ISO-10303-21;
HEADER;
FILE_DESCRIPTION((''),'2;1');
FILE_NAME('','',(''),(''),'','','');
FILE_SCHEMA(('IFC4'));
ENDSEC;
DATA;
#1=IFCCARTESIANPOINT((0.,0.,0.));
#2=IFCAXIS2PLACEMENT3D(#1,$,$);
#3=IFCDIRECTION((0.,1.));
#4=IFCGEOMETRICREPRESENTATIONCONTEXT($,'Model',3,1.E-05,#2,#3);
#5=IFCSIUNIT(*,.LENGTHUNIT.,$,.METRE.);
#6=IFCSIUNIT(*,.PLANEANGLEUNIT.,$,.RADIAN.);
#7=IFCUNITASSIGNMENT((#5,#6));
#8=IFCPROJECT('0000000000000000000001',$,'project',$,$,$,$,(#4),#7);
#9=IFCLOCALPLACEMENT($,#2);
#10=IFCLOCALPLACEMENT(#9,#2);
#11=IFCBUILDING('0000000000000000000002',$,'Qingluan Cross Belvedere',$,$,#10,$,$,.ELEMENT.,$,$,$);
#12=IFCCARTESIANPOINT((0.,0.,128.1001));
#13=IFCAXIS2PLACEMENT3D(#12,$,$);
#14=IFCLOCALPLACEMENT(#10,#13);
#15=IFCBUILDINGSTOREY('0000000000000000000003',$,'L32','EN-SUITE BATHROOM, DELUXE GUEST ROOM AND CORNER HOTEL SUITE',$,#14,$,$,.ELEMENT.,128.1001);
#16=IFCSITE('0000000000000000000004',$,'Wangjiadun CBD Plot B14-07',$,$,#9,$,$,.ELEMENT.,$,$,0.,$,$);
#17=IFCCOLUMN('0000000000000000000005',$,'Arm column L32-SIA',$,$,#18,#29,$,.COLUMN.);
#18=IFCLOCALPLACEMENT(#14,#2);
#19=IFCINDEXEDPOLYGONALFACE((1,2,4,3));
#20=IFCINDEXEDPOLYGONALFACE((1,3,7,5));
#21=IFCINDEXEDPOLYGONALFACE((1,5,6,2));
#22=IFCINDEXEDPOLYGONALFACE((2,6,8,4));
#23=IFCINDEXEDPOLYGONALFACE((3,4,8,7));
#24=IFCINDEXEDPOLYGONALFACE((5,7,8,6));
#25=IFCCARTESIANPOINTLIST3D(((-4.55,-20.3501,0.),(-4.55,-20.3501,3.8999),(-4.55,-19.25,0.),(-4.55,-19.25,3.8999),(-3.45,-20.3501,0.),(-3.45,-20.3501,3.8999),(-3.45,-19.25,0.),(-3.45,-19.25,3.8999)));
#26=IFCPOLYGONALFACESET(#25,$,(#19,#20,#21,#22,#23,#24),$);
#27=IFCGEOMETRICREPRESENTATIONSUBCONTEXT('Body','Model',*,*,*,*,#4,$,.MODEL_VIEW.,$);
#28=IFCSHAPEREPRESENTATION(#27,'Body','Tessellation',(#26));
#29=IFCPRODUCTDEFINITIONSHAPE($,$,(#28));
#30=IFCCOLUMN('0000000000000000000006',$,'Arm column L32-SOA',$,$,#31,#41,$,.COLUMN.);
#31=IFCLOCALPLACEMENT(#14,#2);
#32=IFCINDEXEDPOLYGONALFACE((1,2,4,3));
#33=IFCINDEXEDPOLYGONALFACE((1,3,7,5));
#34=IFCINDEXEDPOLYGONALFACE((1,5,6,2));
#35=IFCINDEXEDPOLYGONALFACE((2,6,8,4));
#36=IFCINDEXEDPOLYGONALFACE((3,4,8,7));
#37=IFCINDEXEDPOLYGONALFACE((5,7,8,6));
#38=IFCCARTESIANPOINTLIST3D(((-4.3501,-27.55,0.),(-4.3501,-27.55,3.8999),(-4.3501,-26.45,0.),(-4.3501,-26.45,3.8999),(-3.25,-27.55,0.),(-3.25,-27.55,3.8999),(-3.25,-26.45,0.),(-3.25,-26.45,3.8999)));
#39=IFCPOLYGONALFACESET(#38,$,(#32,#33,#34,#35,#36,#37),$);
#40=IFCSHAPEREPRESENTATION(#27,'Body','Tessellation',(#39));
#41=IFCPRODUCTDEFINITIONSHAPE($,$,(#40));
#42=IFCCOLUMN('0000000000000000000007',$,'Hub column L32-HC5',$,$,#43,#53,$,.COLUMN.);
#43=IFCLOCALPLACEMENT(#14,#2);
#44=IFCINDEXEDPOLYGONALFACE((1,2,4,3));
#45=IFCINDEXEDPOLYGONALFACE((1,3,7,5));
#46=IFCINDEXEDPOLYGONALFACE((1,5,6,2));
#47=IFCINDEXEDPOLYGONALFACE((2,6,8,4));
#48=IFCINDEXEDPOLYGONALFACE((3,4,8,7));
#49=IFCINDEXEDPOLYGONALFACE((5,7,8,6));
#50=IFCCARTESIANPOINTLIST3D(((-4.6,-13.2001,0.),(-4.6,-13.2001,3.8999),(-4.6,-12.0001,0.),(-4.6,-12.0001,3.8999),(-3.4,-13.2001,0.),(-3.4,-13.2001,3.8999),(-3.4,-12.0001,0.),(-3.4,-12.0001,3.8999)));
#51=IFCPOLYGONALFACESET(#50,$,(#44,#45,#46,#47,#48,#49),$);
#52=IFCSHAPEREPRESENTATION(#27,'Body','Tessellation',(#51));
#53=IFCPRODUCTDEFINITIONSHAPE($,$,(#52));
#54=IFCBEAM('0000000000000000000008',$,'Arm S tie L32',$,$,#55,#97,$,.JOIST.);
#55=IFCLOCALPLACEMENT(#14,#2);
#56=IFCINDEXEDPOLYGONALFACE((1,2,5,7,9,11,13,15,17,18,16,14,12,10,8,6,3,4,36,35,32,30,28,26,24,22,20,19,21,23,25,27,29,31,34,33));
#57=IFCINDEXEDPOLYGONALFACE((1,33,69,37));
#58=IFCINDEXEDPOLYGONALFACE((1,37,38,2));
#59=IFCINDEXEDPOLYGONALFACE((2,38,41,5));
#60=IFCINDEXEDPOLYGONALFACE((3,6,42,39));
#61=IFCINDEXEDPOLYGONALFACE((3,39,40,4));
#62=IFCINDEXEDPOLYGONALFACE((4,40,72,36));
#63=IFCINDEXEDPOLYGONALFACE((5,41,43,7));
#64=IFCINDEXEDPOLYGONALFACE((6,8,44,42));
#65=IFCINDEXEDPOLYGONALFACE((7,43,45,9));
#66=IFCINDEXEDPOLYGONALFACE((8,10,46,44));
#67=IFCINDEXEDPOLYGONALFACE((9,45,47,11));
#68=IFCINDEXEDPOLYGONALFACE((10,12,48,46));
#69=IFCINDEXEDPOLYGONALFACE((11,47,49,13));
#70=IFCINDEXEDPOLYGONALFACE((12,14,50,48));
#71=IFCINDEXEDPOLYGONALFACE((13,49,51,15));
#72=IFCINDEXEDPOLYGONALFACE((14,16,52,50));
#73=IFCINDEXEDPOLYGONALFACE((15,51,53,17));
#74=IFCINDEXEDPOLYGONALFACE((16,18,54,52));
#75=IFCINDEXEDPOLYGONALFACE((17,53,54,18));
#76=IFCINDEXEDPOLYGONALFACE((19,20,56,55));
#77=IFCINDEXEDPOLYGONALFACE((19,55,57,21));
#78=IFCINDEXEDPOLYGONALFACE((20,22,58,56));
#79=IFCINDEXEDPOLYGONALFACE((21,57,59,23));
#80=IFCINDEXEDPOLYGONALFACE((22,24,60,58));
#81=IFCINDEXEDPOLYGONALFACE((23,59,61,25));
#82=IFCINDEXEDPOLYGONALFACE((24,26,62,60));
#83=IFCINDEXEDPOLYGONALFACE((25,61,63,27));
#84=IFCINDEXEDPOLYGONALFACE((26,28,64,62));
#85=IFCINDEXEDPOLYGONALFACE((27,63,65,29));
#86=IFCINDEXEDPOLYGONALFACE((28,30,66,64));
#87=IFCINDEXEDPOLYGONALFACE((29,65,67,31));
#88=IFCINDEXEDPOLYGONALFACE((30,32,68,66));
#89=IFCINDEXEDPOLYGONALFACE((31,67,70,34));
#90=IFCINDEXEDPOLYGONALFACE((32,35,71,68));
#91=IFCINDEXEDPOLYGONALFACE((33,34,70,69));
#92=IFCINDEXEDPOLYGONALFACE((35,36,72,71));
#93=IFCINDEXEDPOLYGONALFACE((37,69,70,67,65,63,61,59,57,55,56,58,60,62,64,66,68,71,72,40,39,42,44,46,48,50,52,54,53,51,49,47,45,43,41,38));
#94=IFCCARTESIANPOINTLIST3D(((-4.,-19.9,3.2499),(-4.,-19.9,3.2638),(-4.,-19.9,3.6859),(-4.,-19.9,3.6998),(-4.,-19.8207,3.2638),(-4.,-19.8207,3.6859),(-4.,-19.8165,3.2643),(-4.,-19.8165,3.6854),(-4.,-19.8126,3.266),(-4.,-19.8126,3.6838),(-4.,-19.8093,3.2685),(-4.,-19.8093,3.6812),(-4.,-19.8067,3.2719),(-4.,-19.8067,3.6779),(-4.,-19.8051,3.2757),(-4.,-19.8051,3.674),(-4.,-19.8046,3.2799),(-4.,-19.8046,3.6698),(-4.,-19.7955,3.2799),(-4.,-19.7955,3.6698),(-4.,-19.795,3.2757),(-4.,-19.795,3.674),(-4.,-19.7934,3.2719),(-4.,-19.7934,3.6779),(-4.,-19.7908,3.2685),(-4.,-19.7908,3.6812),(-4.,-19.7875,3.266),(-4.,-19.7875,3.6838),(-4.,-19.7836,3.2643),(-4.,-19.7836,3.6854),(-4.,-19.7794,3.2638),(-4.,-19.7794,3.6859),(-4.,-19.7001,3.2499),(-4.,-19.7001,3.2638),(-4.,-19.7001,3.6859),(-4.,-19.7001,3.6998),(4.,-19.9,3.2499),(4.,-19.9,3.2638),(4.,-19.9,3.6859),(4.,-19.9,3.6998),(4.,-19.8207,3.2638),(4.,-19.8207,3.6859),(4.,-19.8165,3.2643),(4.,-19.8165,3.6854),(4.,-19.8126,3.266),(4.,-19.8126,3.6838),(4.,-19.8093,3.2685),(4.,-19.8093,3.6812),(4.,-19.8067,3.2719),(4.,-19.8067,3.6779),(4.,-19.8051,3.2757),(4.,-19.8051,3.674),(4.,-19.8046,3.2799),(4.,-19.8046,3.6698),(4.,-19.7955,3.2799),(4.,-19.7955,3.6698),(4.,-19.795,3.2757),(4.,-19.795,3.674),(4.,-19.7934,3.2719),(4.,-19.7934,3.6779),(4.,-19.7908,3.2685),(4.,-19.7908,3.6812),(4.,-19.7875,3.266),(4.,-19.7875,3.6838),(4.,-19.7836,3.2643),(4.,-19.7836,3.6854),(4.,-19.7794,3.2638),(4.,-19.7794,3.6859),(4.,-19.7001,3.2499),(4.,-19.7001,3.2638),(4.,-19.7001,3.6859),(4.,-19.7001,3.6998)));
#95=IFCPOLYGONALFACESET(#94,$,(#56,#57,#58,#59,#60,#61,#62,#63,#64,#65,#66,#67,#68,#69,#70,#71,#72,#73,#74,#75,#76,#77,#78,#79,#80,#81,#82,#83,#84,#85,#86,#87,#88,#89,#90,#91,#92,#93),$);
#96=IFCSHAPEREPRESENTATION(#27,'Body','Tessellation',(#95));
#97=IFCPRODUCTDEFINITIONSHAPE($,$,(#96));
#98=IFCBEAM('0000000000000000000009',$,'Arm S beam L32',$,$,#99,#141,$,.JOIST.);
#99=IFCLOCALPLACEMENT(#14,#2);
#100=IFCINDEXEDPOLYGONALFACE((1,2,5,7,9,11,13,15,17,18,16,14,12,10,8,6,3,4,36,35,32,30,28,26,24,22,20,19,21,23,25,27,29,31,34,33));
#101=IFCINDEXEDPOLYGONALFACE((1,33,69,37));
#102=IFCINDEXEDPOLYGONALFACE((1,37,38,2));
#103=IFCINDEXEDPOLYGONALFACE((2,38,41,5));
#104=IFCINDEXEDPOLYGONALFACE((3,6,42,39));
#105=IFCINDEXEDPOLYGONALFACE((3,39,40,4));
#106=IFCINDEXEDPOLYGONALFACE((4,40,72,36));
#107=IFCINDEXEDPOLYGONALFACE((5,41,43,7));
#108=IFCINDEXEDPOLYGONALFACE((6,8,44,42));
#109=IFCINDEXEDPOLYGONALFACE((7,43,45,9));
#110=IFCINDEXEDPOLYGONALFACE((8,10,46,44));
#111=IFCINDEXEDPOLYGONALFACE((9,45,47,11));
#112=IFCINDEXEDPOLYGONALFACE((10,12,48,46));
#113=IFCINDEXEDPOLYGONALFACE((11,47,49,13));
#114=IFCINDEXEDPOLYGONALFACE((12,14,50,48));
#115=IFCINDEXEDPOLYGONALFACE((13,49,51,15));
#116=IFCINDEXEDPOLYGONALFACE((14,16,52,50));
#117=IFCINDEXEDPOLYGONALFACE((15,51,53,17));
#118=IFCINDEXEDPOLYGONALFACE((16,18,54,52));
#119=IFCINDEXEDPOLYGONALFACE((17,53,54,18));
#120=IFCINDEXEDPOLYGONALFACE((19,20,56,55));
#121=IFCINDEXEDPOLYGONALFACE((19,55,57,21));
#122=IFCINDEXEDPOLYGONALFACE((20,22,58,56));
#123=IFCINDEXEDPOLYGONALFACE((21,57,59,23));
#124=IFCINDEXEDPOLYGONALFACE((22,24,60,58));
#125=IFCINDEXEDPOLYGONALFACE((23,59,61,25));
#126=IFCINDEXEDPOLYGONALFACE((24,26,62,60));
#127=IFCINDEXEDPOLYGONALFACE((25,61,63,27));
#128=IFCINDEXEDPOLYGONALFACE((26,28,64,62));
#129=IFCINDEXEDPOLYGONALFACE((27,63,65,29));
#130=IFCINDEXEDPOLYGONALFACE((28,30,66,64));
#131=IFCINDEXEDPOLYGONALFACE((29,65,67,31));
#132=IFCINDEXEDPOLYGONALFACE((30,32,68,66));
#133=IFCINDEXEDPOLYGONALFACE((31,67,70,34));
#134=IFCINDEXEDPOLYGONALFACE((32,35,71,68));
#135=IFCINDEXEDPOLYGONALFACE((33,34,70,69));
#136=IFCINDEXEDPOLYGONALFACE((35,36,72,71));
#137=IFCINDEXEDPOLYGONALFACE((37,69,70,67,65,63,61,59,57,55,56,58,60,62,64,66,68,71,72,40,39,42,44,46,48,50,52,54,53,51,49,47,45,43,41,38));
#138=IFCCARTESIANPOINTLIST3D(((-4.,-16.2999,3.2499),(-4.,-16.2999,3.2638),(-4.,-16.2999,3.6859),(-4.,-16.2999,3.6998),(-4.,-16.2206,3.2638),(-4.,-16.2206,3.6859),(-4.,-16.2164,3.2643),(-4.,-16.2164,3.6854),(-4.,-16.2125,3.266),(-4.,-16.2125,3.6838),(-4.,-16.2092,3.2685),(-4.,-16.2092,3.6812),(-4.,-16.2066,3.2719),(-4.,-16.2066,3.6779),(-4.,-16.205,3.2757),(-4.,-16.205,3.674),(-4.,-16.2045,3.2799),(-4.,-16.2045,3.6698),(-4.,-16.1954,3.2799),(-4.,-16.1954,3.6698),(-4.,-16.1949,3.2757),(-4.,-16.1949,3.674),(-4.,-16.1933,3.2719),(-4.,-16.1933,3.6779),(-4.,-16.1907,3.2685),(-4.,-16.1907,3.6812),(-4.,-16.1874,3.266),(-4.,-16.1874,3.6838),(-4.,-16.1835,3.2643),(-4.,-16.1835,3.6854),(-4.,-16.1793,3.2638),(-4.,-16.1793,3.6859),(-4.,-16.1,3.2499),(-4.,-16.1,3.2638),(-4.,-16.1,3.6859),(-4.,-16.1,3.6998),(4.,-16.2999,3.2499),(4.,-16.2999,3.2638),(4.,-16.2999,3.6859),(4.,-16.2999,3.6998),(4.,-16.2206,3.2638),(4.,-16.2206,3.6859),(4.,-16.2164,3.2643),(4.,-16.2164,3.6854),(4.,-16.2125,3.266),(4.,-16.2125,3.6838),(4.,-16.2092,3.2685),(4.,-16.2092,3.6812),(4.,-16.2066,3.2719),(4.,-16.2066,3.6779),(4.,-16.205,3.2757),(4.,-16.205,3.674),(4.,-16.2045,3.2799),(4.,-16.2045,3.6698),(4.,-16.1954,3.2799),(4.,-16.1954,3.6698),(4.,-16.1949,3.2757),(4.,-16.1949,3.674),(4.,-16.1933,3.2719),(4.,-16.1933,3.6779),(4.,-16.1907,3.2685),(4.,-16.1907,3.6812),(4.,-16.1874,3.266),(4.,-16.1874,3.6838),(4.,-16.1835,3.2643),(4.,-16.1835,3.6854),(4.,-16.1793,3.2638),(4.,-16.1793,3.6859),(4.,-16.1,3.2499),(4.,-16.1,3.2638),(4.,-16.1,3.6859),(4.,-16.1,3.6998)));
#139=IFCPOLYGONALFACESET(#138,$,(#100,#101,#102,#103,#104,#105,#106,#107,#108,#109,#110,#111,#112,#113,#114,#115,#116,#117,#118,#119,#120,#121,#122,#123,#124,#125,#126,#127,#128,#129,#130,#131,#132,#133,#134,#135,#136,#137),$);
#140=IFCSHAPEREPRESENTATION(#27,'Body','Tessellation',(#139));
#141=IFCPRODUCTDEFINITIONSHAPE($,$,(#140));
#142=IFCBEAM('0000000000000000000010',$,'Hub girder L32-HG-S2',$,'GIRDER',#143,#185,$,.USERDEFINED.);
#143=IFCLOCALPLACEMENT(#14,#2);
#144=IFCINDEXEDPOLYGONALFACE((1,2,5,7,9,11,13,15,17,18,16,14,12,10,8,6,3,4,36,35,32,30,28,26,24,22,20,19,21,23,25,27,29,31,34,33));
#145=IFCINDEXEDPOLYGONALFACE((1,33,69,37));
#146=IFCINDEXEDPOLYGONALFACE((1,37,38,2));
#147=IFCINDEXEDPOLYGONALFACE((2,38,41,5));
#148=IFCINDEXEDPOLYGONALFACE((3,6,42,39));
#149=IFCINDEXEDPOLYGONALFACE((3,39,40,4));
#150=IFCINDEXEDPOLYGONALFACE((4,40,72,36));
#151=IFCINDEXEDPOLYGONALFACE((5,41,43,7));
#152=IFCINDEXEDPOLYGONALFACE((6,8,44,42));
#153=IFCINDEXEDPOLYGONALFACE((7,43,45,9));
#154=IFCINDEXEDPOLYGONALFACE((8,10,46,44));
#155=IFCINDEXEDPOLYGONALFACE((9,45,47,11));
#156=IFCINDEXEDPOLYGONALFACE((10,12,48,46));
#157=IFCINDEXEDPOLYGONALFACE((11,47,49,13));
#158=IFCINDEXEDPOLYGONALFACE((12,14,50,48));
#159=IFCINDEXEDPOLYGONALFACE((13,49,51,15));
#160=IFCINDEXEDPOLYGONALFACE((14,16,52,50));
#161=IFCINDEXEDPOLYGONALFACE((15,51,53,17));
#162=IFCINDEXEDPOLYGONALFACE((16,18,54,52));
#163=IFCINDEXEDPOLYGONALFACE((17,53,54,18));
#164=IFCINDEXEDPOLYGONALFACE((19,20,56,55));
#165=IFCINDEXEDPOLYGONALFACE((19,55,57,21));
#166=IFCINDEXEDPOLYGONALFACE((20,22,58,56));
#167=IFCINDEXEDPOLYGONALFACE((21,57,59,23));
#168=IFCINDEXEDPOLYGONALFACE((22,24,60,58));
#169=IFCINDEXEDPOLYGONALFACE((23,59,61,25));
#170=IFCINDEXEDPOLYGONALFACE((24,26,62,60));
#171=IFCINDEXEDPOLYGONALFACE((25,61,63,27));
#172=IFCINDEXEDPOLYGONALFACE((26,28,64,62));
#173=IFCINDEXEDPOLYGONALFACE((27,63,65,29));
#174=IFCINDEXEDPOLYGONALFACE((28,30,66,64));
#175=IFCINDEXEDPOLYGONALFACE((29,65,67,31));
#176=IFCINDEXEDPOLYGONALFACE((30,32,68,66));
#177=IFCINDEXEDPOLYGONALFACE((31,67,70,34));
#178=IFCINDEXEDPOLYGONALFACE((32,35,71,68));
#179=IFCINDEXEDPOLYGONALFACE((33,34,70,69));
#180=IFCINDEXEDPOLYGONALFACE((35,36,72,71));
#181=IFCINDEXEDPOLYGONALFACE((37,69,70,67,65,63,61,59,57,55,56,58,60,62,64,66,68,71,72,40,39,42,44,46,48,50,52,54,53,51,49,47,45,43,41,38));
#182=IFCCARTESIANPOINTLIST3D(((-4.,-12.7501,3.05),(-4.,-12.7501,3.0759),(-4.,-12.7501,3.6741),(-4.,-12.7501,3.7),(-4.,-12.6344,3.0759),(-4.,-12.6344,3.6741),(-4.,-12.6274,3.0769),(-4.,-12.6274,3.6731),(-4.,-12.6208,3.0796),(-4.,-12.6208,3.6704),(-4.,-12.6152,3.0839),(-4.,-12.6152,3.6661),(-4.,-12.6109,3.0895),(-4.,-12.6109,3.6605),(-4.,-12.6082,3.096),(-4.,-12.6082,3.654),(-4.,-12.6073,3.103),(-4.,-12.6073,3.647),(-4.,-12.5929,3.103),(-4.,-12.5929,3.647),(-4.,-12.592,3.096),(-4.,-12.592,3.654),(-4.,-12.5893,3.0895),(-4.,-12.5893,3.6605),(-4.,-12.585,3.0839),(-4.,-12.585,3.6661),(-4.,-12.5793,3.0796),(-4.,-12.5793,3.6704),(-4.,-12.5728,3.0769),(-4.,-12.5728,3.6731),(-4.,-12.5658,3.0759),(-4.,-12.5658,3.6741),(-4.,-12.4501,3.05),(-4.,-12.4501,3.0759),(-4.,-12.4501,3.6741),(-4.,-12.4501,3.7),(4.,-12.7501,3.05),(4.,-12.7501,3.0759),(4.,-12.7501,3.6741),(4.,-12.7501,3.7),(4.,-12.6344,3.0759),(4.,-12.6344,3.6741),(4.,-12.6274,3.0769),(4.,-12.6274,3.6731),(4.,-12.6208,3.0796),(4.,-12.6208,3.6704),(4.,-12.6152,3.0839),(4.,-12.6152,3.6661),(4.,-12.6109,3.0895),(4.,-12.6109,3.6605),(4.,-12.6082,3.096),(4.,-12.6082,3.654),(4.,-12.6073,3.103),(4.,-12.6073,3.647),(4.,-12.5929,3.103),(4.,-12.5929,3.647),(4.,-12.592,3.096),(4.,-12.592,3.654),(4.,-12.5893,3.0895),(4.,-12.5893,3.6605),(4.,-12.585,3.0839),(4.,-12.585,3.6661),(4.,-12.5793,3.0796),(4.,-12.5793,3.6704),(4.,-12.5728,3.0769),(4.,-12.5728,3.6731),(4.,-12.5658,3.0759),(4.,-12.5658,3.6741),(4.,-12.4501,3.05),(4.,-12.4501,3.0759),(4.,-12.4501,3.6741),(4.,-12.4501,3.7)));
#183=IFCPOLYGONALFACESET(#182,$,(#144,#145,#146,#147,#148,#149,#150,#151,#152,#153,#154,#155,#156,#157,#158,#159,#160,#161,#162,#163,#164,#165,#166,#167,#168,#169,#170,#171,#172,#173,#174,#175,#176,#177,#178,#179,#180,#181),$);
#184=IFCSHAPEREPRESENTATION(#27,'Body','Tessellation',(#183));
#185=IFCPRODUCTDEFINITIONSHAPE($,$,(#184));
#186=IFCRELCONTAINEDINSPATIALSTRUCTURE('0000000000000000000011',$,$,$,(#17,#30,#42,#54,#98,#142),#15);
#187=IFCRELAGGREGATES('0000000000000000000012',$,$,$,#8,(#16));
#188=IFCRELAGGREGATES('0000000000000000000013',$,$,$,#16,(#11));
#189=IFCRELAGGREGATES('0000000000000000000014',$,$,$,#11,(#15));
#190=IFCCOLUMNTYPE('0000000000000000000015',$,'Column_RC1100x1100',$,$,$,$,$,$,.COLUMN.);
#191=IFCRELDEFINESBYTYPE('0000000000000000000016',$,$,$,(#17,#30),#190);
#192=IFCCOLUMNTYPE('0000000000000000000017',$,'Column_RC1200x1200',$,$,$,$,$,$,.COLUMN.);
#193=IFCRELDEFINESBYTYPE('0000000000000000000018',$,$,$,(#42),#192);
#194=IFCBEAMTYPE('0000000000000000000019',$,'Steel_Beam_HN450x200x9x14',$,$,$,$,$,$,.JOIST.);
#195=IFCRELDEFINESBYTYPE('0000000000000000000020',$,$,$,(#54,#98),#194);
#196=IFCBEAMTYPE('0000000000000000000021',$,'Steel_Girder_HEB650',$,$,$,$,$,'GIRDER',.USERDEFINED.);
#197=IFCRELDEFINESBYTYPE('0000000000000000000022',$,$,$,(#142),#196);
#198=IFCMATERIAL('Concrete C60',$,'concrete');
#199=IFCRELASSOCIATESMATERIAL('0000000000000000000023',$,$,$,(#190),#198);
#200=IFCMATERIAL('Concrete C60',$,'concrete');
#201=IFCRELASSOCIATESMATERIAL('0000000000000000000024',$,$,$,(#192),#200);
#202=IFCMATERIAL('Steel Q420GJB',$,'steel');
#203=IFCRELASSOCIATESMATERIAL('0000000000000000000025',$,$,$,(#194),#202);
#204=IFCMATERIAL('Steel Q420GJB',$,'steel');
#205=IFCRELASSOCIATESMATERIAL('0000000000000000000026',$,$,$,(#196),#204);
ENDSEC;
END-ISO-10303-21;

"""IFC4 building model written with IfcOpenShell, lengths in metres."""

from ifc_helpers import new_model, si_unit, direction, frame, origin, origin_2d, place, context, subcontext, project, spatial, rectangle, i_section, extrude, material, material_profile, profile_set, type_object, element, save


model = new_model("IFC4")

# Units and contexts
model_context = context("Model", 3, precision=1e-05, world=origin(), true_north=direction((0.0, 1.0)))
body_context = subcontext(model_context, "Body", "Model", "MODEL_VIEW")
ifc_project = project(units=[si_unit("LENGTHUNIT", "METRE"), si_unit("PLANEANGLEUNIT", "RADIAN")], contexts=[model_context])

# Site, building, storey
site_placement = place(None, origin())
site = spatial("IfcSite", under=ifc_project, at=site_placement, Name="Wangjiadun CBD Plot B14-07", CompositionType="ELEMENT", RefElevation=0.0)
building_placement = place(site_placement, origin())
building = spatial("IfcBuilding", under=site, at=building_placement, Name="Qingluan Cross Belvedere", CompositionType="ELEMENT")
storey_placement = place(building_placement, frame((0.0, 0.0, 128.1001)))
storey = spatial("IfcBuildingStorey", under=building, at=storey_placement, Name="L32", Description="EN-SUITE BATHROOM, DELUXE GUEST ROOM AND CORNER HOTEL SUITE", CompositionType="ELEMENT", Elevation=128.1001)

# Columns
ifc_material_1 = material(Name="Concrete C60", Category="concrete")
ifc_material_profile_1 = material_profile(ifc_material_1, rectangle(XDim=1.1001, YDim=1.1001, at=origin_2d()), Name="RC1100x1100")
ifc_profile_set_1 = profile_set([ifc_material_profile_1], Name="Concrete C60")
column_type_1 = type_object("IfcColumnType", Name="Column_RC1100x1100", PredefinedType="COLUMN", material=ifc_profile_set_1)
for number, where, z_axis, x_axis, name in (
    (1, (-4.0, -19.8, 0.0), (0.0, 0.0, 1.0), (1.0, 0.0, 0.0), "Arm column L32-SIA"),
    (2, (-3.8, -27.0, 0.0), (0.0, 0.0, 1.0), (1.0, 0.0, 0.0), "Arm column L32-SOA"),
):
    element("IfcColumn", number, at=place(storey_placement, frame(where, z_axis=z_axis, x_axis=x_axis)), inside=storey, type_object=column_type_1, Name=name, PredefinedType="COLUMN", context=body_context, shape_type="SweptSolid", body=[
        extrude(rectangle(XDim=1.1001, YDim=1.1001, at=origin_2d()), origin(), (0.0, 0.0, 1.0), 3.8999),
    ])
ifc_material_2 = material(Name="Concrete C60", Category="concrete")
ifc_material_profile_2 = material_profile(ifc_material_2, rectangle(XDim=1.2, YDim=1.2, at=origin_2d()), Name="RC1200x1200")
ifc_profile_set_2 = profile_set([ifc_material_profile_2], Name="Concrete C60")
column_type_2 = type_object("IfcColumnType", Name="Column_RC1200x1200", PredefinedType="COLUMN", material=ifc_profile_set_2)
column_placement = place(storey_placement, frame((-4.0, -12.6001, 0.0), z_axis=(0.0, 0.0, 1.0), x_axis=(1.0, 0.0, 0.0)))
element("IfcColumn", 3, at=column_placement, inside=storey, type_object=column_type_2, Name="Hub column L32-HC5", PredefinedType="COLUMN", context=body_context, shape_type="SweptSolid", body=[
    extrude(rectangle(XDim=1.2, YDim=1.2, at=origin_2d()), origin(), (0.0, 0.0, 1.0), 3.8999),
])

# Beams
ifc_material_3 = material(Name="Steel Q420GJB", Category="steel")
ifc_material_profile_3 = material_profile(ifc_material_3, i_section(OverallWidth=0.2, OverallDepth=0.45, WebThickness=0.009, FlangeThickness=0.0139, FilletRadius=0.0161, at=origin_2d()), Name="HN450x200x9x14")
ifc_profile_set_3 = profile_set([ifc_material_profile_3], Name="Steel Q420GJB")
beam_type_1 = type_object("IfcBeamType", Name="Steel_Beam_HN450x200x9x14", PredefinedType="JOIST", material=ifc_profile_set_3)
for number, where, z_axis, x_axis, name in (
    (4, (-4.0, -19.8, 3.4749), (1.0, 0.0, 0.0), (0.0, 1.0, 0.0), "Arm S tie L32"),
    (5, (-4.0, -16.2, 3.4749), (1.0, 0.0, 0.0), (0.0, 1.0, 0.0), "Arm S beam L32"),
):
    element("IfcBeam", number, at=place(storey_placement, frame(where, z_axis=z_axis, x_axis=x_axis)), inside=storey, type_object=beam_type_1, Name=name, PredefinedType="JOIST", context=body_context, shape_type="SweptSolid", body=[
        extrude(i_section(OverallWidth=0.2, OverallDepth=0.45, WebThickness=0.009, FlangeThickness=0.0139, FilletRadius=0.0161, at=origin_2d()), origin(), (0.0, 0.0, 1.0), 8.0),
    ])
ifc_material_4 = material(Name="Steel Q420GJB", Category="steel")
ifc_material_profile_4 = material_profile(ifc_material_4, i_section(OverallWidth=0.3, OverallDepth=0.6499, WebThickness=0.0144, FlangeThickness=0.0259, FilletRadius=0.0271, at=origin_2d()), Name="HEB650")
ifc_profile_set_4 = profile_set([ifc_material_profile_4], Name="Steel Q420GJB")
beam_type_2 = type_object("IfcBeamType", Name="Steel_Girder_HEB650", ElementType="GIRDER", PredefinedType="USERDEFINED", material=ifc_profile_set_4)
beam_1_placement = place(storey_placement, frame((-4.0, -12.6001, 3.375), z_axis=(1.0, 0.0, 0.0), x_axis=(0.0, 1.0, 0.0)))
element("IfcBeam", 6, at=beam_1_placement, inside=storey, type_object=beam_type_2, Name="Hub girder L32-HG-S2", ObjectType="GIRDER", PredefinedType="USERDEFINED", context=body_context, shape_type="SweptSolid", body=[
    extrude(i_section(OverallWidth=0.3, OverallDepth=0.6499, WebThickness=0.0144, FlangeThickness=0.0259, FilletRadius=0.0271, at=origin_2d()), origin(), (0.0, 0.0, 1.0), 8.0),
])

save(model, "model.ifc")
